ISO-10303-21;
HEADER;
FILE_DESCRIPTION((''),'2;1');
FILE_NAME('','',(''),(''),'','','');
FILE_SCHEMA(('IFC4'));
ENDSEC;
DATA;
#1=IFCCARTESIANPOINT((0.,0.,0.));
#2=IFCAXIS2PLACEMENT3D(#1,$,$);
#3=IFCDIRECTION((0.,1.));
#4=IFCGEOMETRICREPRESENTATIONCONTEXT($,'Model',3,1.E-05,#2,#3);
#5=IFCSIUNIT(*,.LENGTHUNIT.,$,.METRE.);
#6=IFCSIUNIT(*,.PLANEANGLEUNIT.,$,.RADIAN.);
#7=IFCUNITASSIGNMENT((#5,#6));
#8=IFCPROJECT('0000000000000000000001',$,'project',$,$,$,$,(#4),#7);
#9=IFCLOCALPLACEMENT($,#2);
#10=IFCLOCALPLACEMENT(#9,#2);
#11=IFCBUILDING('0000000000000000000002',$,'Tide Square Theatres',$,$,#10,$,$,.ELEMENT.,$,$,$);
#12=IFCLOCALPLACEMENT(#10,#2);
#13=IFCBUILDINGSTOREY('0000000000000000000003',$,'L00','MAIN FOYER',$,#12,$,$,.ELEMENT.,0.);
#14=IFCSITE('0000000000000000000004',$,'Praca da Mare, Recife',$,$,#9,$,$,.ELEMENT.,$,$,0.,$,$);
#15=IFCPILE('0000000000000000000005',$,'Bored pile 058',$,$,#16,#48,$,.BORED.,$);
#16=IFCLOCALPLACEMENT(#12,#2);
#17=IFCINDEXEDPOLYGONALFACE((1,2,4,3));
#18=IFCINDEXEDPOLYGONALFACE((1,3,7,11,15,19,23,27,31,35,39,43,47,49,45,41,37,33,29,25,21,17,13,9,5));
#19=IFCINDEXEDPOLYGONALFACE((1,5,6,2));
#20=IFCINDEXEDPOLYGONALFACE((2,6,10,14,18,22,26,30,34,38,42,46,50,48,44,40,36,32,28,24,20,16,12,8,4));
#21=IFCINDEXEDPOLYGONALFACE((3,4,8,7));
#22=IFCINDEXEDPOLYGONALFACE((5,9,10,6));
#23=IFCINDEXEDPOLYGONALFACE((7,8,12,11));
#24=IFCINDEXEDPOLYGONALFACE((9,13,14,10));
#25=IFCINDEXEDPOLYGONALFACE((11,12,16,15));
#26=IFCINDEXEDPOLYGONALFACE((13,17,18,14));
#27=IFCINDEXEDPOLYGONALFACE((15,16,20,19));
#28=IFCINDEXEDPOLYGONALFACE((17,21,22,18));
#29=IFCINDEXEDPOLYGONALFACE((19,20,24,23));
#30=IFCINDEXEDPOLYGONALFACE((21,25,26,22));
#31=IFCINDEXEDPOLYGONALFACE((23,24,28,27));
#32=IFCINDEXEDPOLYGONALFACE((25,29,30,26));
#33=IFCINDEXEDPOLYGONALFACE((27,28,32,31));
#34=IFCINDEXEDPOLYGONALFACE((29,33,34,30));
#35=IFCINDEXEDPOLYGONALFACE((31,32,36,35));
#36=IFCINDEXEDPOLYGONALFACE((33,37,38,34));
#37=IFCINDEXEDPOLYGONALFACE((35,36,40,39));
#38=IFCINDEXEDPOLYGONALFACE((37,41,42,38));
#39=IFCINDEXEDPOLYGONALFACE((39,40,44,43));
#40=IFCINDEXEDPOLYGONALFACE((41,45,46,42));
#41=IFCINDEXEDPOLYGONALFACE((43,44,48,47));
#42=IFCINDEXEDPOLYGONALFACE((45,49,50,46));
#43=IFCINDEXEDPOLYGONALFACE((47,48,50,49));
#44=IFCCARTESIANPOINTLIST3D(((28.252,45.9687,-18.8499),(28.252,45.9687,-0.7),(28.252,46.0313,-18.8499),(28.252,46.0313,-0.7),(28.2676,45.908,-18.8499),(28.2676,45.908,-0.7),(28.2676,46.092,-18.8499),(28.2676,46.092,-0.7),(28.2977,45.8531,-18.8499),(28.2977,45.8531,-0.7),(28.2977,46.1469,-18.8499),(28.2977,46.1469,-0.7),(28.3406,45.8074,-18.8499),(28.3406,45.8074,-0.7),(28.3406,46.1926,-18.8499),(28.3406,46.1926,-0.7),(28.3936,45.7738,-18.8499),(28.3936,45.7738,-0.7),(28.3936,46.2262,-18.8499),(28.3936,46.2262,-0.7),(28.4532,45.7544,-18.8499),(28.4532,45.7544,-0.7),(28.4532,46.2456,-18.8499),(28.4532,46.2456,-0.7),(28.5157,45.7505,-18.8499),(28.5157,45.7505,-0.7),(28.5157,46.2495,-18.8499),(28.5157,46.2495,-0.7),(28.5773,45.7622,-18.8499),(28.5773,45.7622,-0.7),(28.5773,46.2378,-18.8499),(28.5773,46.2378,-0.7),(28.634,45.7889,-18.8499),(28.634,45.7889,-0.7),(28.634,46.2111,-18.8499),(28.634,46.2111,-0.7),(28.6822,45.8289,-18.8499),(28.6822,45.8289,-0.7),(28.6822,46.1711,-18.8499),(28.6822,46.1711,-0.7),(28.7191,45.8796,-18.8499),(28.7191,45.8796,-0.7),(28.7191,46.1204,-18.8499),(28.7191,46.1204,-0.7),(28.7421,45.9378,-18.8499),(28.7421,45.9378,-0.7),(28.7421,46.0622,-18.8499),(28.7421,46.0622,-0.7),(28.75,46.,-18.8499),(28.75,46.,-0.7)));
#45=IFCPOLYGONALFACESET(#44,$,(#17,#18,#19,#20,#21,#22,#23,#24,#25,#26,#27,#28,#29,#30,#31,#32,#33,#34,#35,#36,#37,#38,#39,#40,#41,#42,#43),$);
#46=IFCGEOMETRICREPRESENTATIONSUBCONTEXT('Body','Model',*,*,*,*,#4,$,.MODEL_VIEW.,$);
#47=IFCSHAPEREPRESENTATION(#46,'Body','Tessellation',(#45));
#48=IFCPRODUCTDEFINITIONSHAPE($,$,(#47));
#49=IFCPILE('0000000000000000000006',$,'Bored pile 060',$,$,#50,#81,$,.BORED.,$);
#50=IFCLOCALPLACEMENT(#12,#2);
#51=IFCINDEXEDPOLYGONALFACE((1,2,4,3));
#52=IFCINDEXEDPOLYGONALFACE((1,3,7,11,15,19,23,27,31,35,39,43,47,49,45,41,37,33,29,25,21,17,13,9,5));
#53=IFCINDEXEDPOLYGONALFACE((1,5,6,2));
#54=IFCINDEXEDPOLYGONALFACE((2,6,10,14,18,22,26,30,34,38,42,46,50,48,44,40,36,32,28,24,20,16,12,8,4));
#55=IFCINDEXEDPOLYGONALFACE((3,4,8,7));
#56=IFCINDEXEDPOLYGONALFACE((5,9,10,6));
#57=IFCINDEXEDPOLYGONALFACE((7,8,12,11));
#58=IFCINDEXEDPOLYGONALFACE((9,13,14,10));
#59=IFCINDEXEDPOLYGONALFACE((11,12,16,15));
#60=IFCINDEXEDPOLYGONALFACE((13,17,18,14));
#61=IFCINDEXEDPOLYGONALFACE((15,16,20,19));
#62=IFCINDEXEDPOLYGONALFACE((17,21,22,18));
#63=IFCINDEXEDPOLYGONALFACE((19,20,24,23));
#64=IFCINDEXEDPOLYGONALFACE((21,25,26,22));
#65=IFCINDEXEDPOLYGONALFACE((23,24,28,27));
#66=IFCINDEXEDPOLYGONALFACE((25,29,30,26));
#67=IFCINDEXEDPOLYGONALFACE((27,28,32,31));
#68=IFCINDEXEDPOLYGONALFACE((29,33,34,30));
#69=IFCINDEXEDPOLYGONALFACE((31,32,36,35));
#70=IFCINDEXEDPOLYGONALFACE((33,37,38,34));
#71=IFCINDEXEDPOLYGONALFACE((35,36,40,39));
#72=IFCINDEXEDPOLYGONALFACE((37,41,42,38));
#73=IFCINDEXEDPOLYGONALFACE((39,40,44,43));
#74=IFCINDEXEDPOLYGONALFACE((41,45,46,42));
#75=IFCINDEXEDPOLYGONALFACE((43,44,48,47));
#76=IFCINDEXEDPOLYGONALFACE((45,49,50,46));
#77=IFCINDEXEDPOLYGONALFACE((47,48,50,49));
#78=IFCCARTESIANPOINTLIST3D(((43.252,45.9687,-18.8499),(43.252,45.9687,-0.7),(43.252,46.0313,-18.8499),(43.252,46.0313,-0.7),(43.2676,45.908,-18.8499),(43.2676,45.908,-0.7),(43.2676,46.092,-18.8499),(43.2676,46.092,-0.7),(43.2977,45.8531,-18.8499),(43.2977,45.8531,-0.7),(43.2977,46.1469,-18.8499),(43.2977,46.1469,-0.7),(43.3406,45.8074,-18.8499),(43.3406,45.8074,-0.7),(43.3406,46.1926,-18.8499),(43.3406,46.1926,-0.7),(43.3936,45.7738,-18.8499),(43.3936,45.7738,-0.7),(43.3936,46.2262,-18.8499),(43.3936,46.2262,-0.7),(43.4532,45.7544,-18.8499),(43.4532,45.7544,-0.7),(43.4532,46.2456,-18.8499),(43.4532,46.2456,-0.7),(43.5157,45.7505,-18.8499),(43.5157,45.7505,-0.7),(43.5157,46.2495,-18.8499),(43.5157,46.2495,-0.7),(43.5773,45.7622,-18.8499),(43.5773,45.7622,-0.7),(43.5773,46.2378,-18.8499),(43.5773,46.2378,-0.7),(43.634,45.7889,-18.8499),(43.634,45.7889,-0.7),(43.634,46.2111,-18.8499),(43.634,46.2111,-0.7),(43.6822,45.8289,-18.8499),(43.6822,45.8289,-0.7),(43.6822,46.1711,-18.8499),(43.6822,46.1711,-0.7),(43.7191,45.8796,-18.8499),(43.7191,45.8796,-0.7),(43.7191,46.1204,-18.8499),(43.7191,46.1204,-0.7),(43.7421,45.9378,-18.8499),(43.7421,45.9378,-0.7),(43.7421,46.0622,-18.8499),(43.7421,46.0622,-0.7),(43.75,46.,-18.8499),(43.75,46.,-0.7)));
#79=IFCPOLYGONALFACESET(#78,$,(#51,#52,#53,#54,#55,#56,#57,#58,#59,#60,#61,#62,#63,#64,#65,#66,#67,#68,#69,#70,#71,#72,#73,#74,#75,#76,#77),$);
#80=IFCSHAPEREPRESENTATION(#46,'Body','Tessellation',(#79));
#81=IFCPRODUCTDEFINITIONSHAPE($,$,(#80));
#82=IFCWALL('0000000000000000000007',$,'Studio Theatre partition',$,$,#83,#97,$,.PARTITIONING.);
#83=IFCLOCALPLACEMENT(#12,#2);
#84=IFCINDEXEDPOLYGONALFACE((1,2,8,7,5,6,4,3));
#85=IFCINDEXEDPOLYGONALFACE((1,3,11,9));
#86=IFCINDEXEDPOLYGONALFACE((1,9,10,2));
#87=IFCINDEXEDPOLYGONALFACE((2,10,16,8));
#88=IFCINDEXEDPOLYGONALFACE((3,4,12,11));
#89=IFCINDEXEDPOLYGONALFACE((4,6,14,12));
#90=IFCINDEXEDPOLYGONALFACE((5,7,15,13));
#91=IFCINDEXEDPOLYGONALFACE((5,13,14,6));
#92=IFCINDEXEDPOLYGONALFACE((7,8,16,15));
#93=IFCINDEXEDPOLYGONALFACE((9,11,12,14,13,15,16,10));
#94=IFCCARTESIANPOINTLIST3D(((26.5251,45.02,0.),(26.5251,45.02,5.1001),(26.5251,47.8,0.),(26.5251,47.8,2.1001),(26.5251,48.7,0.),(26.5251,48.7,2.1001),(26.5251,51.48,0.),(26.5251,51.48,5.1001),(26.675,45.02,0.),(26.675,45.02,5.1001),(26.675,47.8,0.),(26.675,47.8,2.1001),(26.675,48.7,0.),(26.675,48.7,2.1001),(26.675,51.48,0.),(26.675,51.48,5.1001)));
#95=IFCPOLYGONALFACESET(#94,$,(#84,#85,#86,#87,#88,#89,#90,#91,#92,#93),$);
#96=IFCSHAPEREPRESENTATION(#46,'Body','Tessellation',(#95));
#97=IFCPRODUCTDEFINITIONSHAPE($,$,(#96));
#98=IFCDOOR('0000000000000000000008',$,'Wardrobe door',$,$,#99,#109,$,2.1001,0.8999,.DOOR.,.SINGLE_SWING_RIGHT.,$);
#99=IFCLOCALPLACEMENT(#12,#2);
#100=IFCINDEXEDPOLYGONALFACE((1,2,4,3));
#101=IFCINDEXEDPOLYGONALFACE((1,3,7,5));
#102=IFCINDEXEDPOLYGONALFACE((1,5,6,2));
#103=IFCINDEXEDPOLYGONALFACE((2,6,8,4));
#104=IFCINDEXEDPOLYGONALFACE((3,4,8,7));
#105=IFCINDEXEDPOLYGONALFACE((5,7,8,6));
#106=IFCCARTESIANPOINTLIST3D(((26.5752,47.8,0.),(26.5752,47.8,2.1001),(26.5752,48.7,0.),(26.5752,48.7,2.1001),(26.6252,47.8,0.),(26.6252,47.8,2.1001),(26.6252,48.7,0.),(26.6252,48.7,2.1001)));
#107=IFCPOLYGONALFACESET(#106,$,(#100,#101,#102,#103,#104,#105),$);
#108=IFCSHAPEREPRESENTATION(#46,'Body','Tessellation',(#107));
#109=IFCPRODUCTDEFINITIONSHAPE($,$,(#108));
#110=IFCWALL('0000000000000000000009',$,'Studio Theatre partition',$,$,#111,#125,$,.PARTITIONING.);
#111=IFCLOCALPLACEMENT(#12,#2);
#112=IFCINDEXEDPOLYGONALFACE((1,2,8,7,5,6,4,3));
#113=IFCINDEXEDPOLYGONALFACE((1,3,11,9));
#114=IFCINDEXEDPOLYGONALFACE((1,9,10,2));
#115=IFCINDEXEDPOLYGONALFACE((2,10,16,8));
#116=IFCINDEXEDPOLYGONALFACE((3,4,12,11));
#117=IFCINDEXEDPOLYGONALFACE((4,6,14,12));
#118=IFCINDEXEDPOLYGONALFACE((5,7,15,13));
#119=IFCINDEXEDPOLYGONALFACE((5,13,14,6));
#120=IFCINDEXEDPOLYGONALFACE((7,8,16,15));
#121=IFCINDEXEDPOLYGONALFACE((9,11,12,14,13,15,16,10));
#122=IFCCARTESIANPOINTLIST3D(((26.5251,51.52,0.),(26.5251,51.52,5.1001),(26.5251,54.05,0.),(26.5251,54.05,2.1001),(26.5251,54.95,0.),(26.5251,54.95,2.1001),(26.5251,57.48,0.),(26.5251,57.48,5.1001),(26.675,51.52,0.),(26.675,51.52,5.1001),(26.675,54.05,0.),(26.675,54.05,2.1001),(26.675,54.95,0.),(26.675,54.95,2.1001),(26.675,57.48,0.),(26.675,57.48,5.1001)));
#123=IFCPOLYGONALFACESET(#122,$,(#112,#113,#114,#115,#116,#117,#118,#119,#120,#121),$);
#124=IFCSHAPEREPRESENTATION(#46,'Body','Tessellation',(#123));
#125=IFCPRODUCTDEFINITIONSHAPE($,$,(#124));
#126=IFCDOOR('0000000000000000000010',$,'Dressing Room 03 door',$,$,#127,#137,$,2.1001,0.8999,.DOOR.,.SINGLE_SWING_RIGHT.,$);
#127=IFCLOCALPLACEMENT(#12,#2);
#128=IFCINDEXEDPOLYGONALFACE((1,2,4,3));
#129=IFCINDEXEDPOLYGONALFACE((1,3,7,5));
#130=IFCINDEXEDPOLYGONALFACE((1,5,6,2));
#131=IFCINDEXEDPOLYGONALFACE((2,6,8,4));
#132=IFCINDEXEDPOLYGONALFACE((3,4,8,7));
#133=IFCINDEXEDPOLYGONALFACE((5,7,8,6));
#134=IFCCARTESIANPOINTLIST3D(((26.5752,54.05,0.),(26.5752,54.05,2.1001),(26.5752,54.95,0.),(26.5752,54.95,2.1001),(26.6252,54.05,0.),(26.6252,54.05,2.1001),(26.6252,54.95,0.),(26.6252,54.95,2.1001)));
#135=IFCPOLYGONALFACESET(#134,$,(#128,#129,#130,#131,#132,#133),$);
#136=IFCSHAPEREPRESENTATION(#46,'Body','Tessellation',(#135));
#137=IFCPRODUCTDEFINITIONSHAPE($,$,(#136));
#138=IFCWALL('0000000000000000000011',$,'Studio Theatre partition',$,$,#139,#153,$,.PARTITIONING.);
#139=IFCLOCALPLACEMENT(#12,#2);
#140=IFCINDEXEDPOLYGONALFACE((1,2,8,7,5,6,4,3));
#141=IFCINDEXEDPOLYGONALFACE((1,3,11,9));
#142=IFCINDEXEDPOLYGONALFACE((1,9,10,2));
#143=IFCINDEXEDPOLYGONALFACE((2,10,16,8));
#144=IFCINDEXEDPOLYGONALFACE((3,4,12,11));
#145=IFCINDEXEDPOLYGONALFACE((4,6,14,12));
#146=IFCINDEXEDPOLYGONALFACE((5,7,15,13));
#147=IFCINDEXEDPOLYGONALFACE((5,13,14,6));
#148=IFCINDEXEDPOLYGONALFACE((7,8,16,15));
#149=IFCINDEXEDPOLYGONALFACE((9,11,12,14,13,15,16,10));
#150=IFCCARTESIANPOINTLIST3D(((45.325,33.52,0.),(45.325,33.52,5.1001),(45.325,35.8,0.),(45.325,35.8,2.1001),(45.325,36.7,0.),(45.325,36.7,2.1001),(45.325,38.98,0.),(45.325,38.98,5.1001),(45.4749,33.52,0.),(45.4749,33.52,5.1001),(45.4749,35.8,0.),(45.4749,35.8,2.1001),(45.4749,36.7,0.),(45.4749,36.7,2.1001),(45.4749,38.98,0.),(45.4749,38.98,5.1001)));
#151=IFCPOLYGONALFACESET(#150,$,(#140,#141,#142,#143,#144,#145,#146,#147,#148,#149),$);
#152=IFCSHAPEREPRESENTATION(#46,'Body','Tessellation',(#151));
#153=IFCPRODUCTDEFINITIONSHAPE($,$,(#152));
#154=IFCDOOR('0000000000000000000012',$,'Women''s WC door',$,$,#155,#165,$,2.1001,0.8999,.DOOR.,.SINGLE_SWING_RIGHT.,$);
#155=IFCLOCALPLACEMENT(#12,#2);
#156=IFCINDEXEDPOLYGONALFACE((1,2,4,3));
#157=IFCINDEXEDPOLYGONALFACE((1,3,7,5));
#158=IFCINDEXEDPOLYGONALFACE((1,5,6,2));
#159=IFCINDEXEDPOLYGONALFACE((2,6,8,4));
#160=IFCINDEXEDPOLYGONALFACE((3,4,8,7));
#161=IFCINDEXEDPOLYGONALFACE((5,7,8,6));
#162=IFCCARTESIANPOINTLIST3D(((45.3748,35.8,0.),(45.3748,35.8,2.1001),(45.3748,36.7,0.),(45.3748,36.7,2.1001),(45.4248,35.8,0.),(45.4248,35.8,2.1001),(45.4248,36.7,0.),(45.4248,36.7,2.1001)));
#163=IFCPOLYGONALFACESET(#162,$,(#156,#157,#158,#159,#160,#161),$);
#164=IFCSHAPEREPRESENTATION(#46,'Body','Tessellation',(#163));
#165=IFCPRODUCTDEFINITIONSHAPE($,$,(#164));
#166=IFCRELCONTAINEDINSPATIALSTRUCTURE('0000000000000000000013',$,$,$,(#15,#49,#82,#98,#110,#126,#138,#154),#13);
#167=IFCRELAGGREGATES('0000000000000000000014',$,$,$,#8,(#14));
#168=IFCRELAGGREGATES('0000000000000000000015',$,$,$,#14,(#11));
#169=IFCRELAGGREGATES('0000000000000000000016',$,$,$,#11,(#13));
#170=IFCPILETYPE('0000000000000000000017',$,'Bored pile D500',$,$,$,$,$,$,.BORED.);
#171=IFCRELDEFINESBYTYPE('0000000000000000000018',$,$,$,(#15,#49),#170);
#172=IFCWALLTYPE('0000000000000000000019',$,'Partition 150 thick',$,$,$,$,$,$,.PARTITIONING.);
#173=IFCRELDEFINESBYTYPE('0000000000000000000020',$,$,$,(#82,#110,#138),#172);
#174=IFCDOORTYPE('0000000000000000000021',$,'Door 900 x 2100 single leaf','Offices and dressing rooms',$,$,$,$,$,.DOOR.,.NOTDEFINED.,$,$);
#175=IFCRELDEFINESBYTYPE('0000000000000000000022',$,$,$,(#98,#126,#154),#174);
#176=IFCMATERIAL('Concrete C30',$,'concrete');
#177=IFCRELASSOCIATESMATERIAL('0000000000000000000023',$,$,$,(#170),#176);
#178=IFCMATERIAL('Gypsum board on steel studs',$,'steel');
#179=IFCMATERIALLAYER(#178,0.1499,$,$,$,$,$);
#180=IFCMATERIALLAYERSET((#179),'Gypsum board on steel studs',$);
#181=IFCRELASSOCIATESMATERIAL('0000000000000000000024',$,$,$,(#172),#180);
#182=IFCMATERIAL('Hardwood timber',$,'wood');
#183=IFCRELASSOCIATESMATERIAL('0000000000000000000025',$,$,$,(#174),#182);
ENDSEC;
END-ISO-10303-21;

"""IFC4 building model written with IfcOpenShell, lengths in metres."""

from ifc_helpers import new_model, si_unit, direction, frame, frame_2d, origin, origin_2d, place, context, subcontext, project, spatial, rectangle, circle, extrude, material, layer, layer_set, material_profile, profile_set, type_object, element, fill, save


model = new_model("IFC4")

# Units and contexts
model_context = context("Model", 3, precision=1e-05, world=origin(), true_north=direction((0.0, 1.0)))
body_context = subcontext(model_context, "Body", "Model", "MODEL_VIEW")
ifc_project = project(units=[si_unit("LENGTHUNIT", "METRE"), si_unit("PLANEANGLEUNIT", "RADIAN")], contexts=[model_context])

# Site, building, storey
site_placement = place(None, origin())
site = spatial("IfcSite", under=ifc_project, at=site_placement, Name="Praca da Mare, Recife", CompositionType="ELEMENT", RefElevation=0.0)
building_placement = place(site_placement, origin())
building = spatial("IfcBuilding", under=site, at=building_placement, Name="Tide Square Theatres", CompositionType="ELEMENT")
storey_placement = place(building_placement, origin())
storey = spatial("IfcBuildingStorey", under=building, at=storey_placement, Name="L00", Description="MAIN FOYER", CompositionType="ELEMENT", Elevation=0.0)

# Piles
ifc_material_1 = material(Name="Concrete C30", Category="concrete")
ifc_material_profile = material_profile(ifc_material_1, circle(Radius=0.25, at=origin_2d()))
ifc_profile_set = profile_set([ifc_material_profile], Name="Concrete C30")
pile_type = type_object("IfcPileType", Name="Bored pile D500", PredefinedType="BORED", material=ifc_profile_set)
for number, where, z_axis, x_axis, name in (
    (1, (28.5, 46.0, -0.7), (0.0, 0.0, -1.0), (1.0, 0.0, 0.0), "Bored pile 058"),
    (2, (43.5, 46.0, -0.7), (0.0, 0.0, -1.0), (1.0, 0.0, 0.0), "Bored pile 060"),
):
    element("IfcPile", number, at=place(storey_placement, frame(where, z_axis=z_axis, x_axis=x_axis)), inside=storey, type_object=pile_type, Name=name, PredefinedType="BORED", context=body_context, shape_type="SweptSolid", body=[
        extrude(circle(Radius=0.25, at=origin_2d()), origin(), (0.0, 0.0, 1.0), 18.1499),
    ])

# Walls, openings, doors
ifc_material_2 = material(Name="Gypsum board on steel studs", Category="steel")
ifc_layer = layer(ifc_material_2, 0.1499)
ifc_layer_set = layer_set([ifc_layer], Name="Gypsum board on steel studs")
wall_type = type_object("IfcWallType", Name="Partition 150 thick", PredefinedType="PARTITIONING", material=ifc_layer_set)
wall_1_placement = place(storey_placement, frame((26.6001, 45.02, 0.0), z_axis=(0.0, 0.0, 1.0), x_axis=(0.0, 1.0, 0.0)))
wall_1 = element("IfcWall", 3, at=wall_1_placement, inside=storey, type_object=wall_type, Name="Studio Theatre partition", PredefinedType="PARTITIONING", context=body_context, shape_type="SweptSolid", body=[
    extrude(rectangle(XDim=6.46, YDim=0.1499, at=frame_2d((3.23, 0.0))), origin(), (0.0, 0.0, 1.0), 5.1001),
])
opening_1_placement = place(wall_1_placement, frame((2.78, 0.0, 0.0)))
opening_1 = element("IfcOpeningElement", 4, at=opening_1_placement, cuts=wall_1, PredefinedType="OPENING", context=body_context, shape_type="SweptSolid", body=[
    extrude(rectangle(XDim=0.8999, YDim=2.1001, at=frame_2d((0.45, 1.05))), frame((0.0, 0.085, 0.0), z_axis=(0.0, -1.0, 0.0), x_axis=(1.0, 0.0, 0.0)), (0.0, 0.0, 1.0), 0.1699),
])
ifc_material_3 = material(Name="Hardwood timber", Category="wood")
door_type_1 = type_object("IfcDoorType", Name="Door 900 x 2100 single leaf", Description="Offices and dressing rooms", OperationType="NOTDEFINED", PredefinedType="DOOR", material=ifc_material_3)
door_1_placement = place(opening_1_placement, origin())
door_1 = element("IfcDoor", 5, at=door_1_placement, inside=storey, type_object=door_type_1, Name="Wardrobe door", OperationType="SINGLE_SWING_RIGHT", OverallHeight=2.1001, OverallWidth=0.8999, PredefinedType="DOOR", context=body_context, shape_type="SweptSolid", body=[
    extrude(rectangle(XDim=0.8999, YDim=2.1001, at=frame_2d((0.45, 1.05))), frame((0.0, 0.0249, 0.0), z_axis=(0.0, -1.0, 0.0), x_axis=(1.0, 0.0, 0.0)), (0.0, 0.0, 1.0), 0.05),
])
fill(opening_1, door_1)
wall_2_placement = place(storey_placement, frame((26.6001, 51.52, 0.0), z_axis=(0.0, 0.0, 1.0), x_axis=(0.0, 1.0, 0.0)))
wall_2 = element("IfcWall", 6, at=wall_2_placement, inside=storey, type_object=wall_type, Name="Studio Theatre partition", PredefinedType="PARTITIONING", context=body_context, shape_type="SweptSolid", body=[
    extrude(rectangle(XDim=5.96, YDim=0.1499, at=frame_2d((2.98, 0.0))), origin(), (0.0, 0.0, 1.0), 5.1001),
])
opening_2_placement = place(wall_2_placement, frame((2.53, 0.0, 0.0)))
opening_2 = element("IfcOpeningElement", 7, at=opening_2_placement, cuts=wall_2, PredefinedType="OPENING", context=body_context, shape_type="SweptSolid", body=[
    extrude(rectangle(XDim=0.8999, YDim=2.1001, at=frame_2d((0.45, 1.05))), frame((0.0, 0.085, 0.0), z_axis=(0.0, -1.0, 0.0), x_axis=(1.0, 0.0, 0.0)), (0.0, 0.0, 1.0), 0.1699),
])
door_2_placement = place(opening_2_placement, origin())
door_2 = element("IfcDoor", 8, at=door_2_placement, inside=storey, type_object=door_type_1, Name="Dressing Room 03 door", OperationType="SINGLE_SWING_RIGHT", OverallHeight=2.1001, OverallWidth=0.8999, PredefinedType="DOOR", context=body_context, shape_type="SweptSolid", body=[
    extrude(rectangle(XDim=0.8999, YDim=2.1001, at=frame_2d((0.45, 1.05))), frame((0.0, 0.0249, 0.0), z_axis=(0.0, -1.0, 0.0), x_axis=(1.0, 0.0, 0.0)), (0.0, 0.0, 1.0), 0.05),
])
fill(opening_2, door_2)
wall_3_placement = place(storey_placement, frame((45.3999, 38.98, 0.0), z_axis=(0.0, 0.0, 1.0), x_axis=(0.0, -1.0, 0.0)))
wall_3 = element("IfcWall", 9, at=wall_3_placement, inside=storey, type_object=wall_type, Name="Studio Theatre partition", PredefinedType="PARTITIONING", context=body_context, shape_type="SweptSolid", body=[
    extrude(rectangle(XDim=5.46, YDim=0.1499, at=frame_2d((2.73, 0.0))), origin(), (0.0, 0.0, 1.0), 5.1001),
])
opening_3_placement = place(wall_3_placement, frame((2.28, 0.0, 0.0)))
opening_3 = element("IfcOpeningElement", 10, at=opening_3_placement, cuts=wall_3, PredefinedType="OPENING", context=body_context, shape_type="SweptSolid", body=[
    extrude(rectangle(XDim=0.8999, YDim=2.1001, at=frame_2d((0.45, 1.05))), frame((0.0, 0.085, 0.0), z_axis=(0.0, -1.0, 0.0), x_axis=(1.0, 0.0, 0.0)), (0.0, 0.0, 1.0), 0.1699),
])
door_3_placement = place(opening_3_placement, origin())
door_3 = element("IfcDoor", 11, at=door_3_placement, inside=storey, type_object=door_type_1, Name="Women's WC door", OperationType="SINGLE_SWING_RIGHT", OverallHeight=2.1001, OverallWidth=0.8999, PredefinedType="DOOR", context=body_context, shape_type="SweptSolid", body=[
    extrude(rectangle(XDim=0.8999, YDim=2.1001, at=frame_2d((0.45, 1.05))), frame((0.0, 0.0249, 0.0), z_axis=(0.0, -1.0, 0.0), x_axis=(1.0, 0.0, 0.0)), (0.0, 0.0, 1.0), 0.05),
])
fill(opening_3, door_3)

save(model, "model.ifc")
